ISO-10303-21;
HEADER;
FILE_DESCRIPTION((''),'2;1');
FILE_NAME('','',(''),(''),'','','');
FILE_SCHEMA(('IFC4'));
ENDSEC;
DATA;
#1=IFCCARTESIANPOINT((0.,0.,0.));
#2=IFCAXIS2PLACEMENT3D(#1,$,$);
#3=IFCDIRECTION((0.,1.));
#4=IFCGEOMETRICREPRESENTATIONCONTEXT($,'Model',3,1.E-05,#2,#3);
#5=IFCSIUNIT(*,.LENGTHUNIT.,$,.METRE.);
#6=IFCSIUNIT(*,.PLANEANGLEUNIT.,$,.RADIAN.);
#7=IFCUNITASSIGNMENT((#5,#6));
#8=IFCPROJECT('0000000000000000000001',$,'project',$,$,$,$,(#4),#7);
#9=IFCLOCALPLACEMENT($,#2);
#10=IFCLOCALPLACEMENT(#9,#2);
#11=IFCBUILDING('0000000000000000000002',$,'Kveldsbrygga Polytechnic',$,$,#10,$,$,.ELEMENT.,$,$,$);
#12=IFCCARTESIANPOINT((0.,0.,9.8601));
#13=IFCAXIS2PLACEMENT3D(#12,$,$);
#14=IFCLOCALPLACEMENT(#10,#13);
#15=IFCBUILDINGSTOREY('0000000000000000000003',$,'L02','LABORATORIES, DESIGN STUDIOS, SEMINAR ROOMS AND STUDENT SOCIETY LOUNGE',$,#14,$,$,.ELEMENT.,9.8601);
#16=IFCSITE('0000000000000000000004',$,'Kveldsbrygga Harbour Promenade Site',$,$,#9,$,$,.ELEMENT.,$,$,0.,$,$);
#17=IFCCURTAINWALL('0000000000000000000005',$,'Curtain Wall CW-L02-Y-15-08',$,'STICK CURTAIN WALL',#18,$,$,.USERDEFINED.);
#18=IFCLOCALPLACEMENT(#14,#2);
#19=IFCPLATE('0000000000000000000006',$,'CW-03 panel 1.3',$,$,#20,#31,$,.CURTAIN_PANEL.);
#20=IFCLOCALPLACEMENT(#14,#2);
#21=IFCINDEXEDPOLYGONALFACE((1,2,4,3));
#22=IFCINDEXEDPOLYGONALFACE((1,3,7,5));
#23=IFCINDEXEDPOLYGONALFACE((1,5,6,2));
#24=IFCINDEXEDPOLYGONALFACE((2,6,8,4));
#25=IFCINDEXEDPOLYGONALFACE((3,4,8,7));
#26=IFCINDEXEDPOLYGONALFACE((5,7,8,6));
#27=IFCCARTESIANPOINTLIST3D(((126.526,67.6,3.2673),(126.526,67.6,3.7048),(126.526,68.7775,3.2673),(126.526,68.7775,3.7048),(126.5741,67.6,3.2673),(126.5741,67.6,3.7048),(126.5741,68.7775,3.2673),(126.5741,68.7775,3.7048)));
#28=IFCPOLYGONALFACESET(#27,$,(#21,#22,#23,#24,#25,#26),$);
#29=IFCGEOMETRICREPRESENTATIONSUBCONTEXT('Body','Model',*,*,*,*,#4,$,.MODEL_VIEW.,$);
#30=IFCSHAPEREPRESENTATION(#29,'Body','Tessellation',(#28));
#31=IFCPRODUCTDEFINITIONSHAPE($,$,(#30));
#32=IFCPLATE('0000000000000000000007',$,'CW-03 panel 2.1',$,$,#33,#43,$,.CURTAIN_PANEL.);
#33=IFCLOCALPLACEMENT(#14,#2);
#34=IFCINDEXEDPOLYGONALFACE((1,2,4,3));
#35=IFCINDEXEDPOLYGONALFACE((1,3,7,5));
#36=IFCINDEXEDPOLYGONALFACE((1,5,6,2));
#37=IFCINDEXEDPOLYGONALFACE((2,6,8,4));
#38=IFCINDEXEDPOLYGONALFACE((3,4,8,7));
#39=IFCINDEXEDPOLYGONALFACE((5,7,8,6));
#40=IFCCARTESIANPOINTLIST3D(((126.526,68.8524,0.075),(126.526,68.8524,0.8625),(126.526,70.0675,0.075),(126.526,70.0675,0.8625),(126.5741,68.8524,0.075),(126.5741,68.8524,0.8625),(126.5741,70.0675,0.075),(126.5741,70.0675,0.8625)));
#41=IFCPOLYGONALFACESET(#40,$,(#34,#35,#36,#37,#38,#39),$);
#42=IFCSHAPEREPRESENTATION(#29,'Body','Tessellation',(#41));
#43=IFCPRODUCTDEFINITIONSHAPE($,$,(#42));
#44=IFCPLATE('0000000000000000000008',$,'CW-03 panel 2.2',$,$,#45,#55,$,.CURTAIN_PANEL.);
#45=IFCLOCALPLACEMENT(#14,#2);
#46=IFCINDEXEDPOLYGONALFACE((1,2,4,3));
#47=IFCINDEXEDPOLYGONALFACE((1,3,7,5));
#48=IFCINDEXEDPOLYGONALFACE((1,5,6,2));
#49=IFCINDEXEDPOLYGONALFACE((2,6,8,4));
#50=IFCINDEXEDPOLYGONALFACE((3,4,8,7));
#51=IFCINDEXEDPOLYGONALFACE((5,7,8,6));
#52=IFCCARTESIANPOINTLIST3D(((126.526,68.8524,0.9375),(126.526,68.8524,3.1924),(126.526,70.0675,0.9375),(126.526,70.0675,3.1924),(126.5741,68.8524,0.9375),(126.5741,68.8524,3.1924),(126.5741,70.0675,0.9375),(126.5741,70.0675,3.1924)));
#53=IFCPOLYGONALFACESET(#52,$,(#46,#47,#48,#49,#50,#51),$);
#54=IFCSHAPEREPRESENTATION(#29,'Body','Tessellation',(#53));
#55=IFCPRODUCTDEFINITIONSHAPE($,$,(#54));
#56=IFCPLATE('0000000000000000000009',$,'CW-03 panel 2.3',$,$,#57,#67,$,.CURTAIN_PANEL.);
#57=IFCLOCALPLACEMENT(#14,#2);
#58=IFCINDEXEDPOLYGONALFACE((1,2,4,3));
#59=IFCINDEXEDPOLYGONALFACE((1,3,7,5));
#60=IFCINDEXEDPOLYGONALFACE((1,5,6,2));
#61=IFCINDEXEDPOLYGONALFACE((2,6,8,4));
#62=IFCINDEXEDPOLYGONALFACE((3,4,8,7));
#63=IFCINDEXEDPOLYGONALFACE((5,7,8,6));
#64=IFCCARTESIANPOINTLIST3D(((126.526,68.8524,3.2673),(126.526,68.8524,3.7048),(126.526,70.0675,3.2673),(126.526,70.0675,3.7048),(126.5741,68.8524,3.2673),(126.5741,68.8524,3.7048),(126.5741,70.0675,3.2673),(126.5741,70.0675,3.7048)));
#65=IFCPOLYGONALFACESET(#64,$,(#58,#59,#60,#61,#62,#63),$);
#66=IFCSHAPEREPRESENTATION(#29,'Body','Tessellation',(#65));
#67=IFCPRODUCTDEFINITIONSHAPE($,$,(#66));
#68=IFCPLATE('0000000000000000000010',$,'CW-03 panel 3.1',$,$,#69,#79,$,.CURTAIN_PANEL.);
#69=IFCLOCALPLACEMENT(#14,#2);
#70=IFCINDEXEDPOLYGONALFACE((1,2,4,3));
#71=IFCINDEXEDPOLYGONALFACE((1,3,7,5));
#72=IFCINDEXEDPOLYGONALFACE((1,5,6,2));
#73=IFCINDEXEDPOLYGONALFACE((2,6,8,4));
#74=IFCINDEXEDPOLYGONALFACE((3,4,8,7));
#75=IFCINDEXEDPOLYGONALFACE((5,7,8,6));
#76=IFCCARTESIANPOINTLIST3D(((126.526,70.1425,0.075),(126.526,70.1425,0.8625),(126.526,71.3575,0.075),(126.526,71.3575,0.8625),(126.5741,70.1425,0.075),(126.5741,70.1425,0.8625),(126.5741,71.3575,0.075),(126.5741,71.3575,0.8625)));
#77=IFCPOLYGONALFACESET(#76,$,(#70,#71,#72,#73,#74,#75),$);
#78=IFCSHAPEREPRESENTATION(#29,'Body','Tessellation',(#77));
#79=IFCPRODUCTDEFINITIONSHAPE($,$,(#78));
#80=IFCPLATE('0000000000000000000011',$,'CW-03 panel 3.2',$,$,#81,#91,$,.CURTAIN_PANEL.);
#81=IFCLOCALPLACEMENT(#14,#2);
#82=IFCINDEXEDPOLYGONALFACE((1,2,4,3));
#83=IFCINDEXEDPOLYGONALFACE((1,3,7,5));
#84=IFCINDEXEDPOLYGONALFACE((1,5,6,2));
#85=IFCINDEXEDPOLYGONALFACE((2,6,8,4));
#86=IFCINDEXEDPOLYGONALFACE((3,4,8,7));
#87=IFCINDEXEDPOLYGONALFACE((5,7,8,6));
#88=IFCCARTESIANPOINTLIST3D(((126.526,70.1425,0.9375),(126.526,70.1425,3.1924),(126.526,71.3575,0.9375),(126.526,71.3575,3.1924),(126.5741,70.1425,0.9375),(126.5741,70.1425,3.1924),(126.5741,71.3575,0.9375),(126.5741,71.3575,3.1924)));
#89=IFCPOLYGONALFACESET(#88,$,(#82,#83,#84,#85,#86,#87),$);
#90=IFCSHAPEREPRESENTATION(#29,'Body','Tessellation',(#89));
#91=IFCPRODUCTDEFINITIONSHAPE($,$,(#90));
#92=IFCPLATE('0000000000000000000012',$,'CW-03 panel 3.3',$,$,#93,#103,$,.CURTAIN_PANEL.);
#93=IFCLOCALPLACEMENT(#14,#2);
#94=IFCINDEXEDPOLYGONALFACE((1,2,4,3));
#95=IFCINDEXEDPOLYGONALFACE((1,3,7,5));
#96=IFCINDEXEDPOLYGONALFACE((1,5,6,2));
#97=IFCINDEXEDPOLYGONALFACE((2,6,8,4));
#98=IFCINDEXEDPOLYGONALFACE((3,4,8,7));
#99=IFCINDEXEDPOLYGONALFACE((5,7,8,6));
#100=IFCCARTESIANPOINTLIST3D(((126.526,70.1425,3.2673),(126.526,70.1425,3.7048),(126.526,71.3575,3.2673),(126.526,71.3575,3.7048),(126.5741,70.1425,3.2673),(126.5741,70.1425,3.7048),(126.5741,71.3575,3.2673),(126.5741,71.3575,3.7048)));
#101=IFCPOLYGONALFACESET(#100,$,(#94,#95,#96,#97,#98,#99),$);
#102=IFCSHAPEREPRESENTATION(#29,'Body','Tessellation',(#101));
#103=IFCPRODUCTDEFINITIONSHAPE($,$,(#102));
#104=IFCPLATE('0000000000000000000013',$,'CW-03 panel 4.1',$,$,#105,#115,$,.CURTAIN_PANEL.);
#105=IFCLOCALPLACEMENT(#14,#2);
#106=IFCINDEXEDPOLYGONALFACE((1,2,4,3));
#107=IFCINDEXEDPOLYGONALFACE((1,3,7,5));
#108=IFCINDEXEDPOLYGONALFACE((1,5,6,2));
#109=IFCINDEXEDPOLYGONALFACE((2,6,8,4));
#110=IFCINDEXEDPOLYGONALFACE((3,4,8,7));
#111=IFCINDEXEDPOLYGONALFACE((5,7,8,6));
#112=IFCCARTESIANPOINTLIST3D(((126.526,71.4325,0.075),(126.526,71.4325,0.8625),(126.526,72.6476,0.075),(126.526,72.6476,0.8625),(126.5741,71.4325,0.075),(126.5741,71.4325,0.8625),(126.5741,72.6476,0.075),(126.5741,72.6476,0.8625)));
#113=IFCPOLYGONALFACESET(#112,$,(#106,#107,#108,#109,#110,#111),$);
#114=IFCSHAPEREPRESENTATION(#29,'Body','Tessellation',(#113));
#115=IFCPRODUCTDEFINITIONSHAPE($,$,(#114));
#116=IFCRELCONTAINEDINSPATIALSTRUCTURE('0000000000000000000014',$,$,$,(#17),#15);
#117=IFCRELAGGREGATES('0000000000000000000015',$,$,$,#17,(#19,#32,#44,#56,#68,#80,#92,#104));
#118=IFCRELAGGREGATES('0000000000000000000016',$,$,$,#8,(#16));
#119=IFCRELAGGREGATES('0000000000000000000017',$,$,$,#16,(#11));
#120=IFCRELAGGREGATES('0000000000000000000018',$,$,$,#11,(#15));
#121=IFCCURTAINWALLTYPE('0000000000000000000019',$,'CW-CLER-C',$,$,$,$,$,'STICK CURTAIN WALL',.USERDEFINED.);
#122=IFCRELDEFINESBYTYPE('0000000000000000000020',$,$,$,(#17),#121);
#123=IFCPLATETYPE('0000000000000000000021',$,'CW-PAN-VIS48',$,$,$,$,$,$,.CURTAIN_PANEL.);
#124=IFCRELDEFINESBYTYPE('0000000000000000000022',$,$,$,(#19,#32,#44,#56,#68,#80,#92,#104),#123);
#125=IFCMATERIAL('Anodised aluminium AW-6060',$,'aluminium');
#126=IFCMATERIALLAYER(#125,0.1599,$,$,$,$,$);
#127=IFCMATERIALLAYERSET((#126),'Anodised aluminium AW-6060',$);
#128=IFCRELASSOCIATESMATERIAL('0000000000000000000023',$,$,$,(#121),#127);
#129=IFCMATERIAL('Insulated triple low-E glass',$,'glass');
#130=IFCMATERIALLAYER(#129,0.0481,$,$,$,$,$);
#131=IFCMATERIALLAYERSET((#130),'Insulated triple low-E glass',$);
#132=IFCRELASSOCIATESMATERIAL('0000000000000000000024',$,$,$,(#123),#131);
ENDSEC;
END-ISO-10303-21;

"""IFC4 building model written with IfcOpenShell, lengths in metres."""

from ifc_helpers import new_model, si_unit, direction, frame, origin, origin_2d, place, context, subcontext, project, spatial, rectangle, extrude, material, layer, layer_set, type_object, element, aggregate, save


model = new_model("IFC4")

# Units and contexts
model_context = context("Model", 3, precision=1e-05, world=origin(), true_north=direction((0.0, 1.0)))
body_context = subcontext(model_context, "Body", "Model", "MODEL_VIEW")
ifc_project = project(units=[si_unit("LENGTHUNIT", "METRE"), si_unit("PLANEANGLEUNIT", "RADIAN")], contexts=[model_context])

# Site, building, storey
site_placement = place(None, origin())
site = spatial("IfcSite", under=ifc_project, at=site_placement, Name="Kveldsbrygga Harbour Promenade Site", CompositionType="ELEMENT", RefElevation=0.0)
building_placement = place(site_placement, origin())
building = spatial("IfcBuilding", under=site, at=building_placement, Name="Kveldsbrygga Polytechnic", CompositionType="ELEMENT")
storey_placement = place(building_placement, frame((0.0, 0.0, 9.8601)))
storey = spatial("IfcBuildingStorey", under=building, at=storey_placement, Name="L02", Description="LABORATORIES, DESIGN STUDIOS, SEMINAR ROOMS AND STUDENT SOCIETY LOUNGE", CompositionType="ELEMENT", Elevation=9.8601)

# Curtain wall, plates
ifc_material_1 = material(Name="Anodised aluminium AW-6060", Category="aluminium")
ifc_layer_1 = layer(ifc_material_1, 0.1599)
ifc_layer_set_1 = layer_set([ifc_layer_1], Name="Anodised aluminium AW-6060")
curtain_wall_type = type_object("IfcCurtainWallType", Name="CW-CLER-C", ElementType="STICK CURTAIN WALL", PredefinedType="USERDEFINED", material=ifc_layer_set_1)
curtain_wall_placement = place(storey_placement, origin())
curtain_wall = element("IfcCurtainWall", 1, at=curtain_wall_placement, inside=storey, type_object=curtain_wall_type, Name="Curtain Wall CW-L02-Y-15-08", ObjectType="STICK CURTAIN WALL", PredefinedType="USERDEFINED")
ifc_material_2 = material(Name="Insulated triple low-E glass", Category="glass")
ifc_layer_2 = layer(ifc_material_2, 0.0481)
ifc_layer_set_2 = layer_set([ifc_layer_2], Name="Insulated triple low-E glass")
plate_type = type_object("IfcPlateType", Name="CW-PAN-VIS48", PredefinedType="CURTAIN_PANEL", material=ifc_layer_set_2)
plate_1_placement = place(storey_placement, frame((126.55, 68.1887, 3.2673), z_axis=(0.0, 0.0, 1.0), x_axis=(0.0, 1.0, 0.0)))
plate_1 = element("IfcPlate", 2, at=plate_1_placement, type_object=plate_type, Name="CW-03 panel 1.3", PredefinedType="CURTAIN_PANEL", context=body_context, shape_type="SweptSolid", body=[
    extrude(rectangle(XDim=1.1775, YDim=0.0481, at=origin_2d()), origin(), (0.0, 0.0, 1.0), 0.4375),
])
plate_2_placement = place(storey_placement, frame((126.55, 69.46, 0.075), z_axis=(0.0, 0.0, 1.0), x_axis=(0.0, 1.0, 0.0)))
plate_2 = element("IfcPlate", 3, at=plate_2_placement, type_object=plate_type, Name="CW-03 panel 2.1", PredefinedType="CURTAIN_PANEL", context=body_context, shape_type="SweptSolid", body=[
    extrude(rectangle(XDim=1.2151, YDim=0.0481, at=origin_2d()), origin(), (0.0, 0.0, 1.0), 0.7876),
])
plate_3_placement = place(storey_placement, frame((126.55, 69.46, 0.9375), z_axis=(0.0, 0.0, 1.0), x_axis=(0.0, 1.0, 0.0)))
plate_3 = element("IfcPlate", 4, at=plate_3_placement, type_object=plate_type, Name="CW-03 panel 2.2", PredefinedType="CURTAIN_PANEL", context=body_context, shape_type="SweptSolid", body=[
    extrude(rectangle(XDim=1.2151, YDim=0.0481, at=origin_2d()), origin(), (0.0, 0.0, 1.0), 2.2549),
])
plate_4_placement = place(storey_placement, frame((126.55, 69.46, 3.2673), z_axis=(0.0, 0.0, 1.0), x_axis=(0.0, 1.0, 0.0)))
plate_4 = element("IfcPlate", 5, at=plate_4_placement, type_object=plate_type, Name="CW-03 panel 2.3", PredefinedType="CURTAIN_PANEL", context=body_context, shape_type="SweptSolid", body=[
    extrude(rectangle(XDim=1.2151, YDim=0.0481, at=origin_2d()), origin(), (0.0, 0.0, 1.0), 0.4375),
])
plate_5_placement = place(storey_placement, frame((126.55, 70.75, 0.075), z_axis=(0.0, 0.0, 1.0), x_axis=(0.0, 1.0, 0.0)))
plate_5 = element("IfcPlate", 6, at=plate_5_placement, type_object=plate_type, Name="CW-03 panel 3.1", PredefinedType="CURTAIN_PANEL", context=body_context, shape_type="SweptSolid", body=[
    extrude(rectangle(XDim=1.2151, YDim=0.0481, at=origin_2d()), origin(), (0.0, 0.0, 1.0), 0.7876),
])
plate_6_placement = place(storey_placement, frame((126.55, 70.75, 0.9375), z_axis=(0.0, 0.0, 1.0), x_axis=(0.0, 1.0, 0.0)))
plate_6 = element("IfcPlate", 7, at=plate_6_placement, type_object=plate_type, Name="CW-03 panel 3.2", PredefinedType="CURTAIN_PANEL", context=body_context, shape_type="SweptSolid", body=[
    extrude(rectangle(XDim=1.2151, YDim=0.0481, at=origin_2d()), origin(), (0.0, 0.0, 1.0), 2.2549),
])
plate_7_placement = place(storey_placement, frame((126.55, 70.75, 3.2673), z_axis=(0.0, 0.0, 1.0), x_axis=(0.0, 1.0, 0.0)))
plate_7 = element("IfcPlate", 8, at=plate_7_placement, type_object=plate_type, Name="CW-03 panel 3.3", PredefinedType="CURTAIN_PANEL", context=body_context, shape_type="SweptSolid", body=[
    extrude(rectangle(XDim=1.2151, YDim=0.0481, at=origin_2d()), origin(), (0.0, 0.0, 1.0), 0.4375),
])
plate_8_placement = place(storey_placement, frame((126.55, 72.04, 0.075), z_axis=(0.0, 0.0, 1.0), x_axis=(0.0, 1.0, 0.0)))
plate_8 = element("IfcPlate", 9, at=plate_8_placement, type_object=plate_type, Name="CW-03 panel 4.1", PredefinedType="CURTAIN_PANEL", context=body_context, shape_type="SweptSolid", body=[
    extrude(rectangle(XDim=1.2151, YDim=0.0481, at=origin_2d()), origin(), (0.0, 0.0, 1.0), 0.7876),
])
aggregate(curtain_wall, [plate_1, plate_2, plate_3, plate_4, plate_5, plate_6, plate_7, plate_8])

save(model, "model.ifc")
